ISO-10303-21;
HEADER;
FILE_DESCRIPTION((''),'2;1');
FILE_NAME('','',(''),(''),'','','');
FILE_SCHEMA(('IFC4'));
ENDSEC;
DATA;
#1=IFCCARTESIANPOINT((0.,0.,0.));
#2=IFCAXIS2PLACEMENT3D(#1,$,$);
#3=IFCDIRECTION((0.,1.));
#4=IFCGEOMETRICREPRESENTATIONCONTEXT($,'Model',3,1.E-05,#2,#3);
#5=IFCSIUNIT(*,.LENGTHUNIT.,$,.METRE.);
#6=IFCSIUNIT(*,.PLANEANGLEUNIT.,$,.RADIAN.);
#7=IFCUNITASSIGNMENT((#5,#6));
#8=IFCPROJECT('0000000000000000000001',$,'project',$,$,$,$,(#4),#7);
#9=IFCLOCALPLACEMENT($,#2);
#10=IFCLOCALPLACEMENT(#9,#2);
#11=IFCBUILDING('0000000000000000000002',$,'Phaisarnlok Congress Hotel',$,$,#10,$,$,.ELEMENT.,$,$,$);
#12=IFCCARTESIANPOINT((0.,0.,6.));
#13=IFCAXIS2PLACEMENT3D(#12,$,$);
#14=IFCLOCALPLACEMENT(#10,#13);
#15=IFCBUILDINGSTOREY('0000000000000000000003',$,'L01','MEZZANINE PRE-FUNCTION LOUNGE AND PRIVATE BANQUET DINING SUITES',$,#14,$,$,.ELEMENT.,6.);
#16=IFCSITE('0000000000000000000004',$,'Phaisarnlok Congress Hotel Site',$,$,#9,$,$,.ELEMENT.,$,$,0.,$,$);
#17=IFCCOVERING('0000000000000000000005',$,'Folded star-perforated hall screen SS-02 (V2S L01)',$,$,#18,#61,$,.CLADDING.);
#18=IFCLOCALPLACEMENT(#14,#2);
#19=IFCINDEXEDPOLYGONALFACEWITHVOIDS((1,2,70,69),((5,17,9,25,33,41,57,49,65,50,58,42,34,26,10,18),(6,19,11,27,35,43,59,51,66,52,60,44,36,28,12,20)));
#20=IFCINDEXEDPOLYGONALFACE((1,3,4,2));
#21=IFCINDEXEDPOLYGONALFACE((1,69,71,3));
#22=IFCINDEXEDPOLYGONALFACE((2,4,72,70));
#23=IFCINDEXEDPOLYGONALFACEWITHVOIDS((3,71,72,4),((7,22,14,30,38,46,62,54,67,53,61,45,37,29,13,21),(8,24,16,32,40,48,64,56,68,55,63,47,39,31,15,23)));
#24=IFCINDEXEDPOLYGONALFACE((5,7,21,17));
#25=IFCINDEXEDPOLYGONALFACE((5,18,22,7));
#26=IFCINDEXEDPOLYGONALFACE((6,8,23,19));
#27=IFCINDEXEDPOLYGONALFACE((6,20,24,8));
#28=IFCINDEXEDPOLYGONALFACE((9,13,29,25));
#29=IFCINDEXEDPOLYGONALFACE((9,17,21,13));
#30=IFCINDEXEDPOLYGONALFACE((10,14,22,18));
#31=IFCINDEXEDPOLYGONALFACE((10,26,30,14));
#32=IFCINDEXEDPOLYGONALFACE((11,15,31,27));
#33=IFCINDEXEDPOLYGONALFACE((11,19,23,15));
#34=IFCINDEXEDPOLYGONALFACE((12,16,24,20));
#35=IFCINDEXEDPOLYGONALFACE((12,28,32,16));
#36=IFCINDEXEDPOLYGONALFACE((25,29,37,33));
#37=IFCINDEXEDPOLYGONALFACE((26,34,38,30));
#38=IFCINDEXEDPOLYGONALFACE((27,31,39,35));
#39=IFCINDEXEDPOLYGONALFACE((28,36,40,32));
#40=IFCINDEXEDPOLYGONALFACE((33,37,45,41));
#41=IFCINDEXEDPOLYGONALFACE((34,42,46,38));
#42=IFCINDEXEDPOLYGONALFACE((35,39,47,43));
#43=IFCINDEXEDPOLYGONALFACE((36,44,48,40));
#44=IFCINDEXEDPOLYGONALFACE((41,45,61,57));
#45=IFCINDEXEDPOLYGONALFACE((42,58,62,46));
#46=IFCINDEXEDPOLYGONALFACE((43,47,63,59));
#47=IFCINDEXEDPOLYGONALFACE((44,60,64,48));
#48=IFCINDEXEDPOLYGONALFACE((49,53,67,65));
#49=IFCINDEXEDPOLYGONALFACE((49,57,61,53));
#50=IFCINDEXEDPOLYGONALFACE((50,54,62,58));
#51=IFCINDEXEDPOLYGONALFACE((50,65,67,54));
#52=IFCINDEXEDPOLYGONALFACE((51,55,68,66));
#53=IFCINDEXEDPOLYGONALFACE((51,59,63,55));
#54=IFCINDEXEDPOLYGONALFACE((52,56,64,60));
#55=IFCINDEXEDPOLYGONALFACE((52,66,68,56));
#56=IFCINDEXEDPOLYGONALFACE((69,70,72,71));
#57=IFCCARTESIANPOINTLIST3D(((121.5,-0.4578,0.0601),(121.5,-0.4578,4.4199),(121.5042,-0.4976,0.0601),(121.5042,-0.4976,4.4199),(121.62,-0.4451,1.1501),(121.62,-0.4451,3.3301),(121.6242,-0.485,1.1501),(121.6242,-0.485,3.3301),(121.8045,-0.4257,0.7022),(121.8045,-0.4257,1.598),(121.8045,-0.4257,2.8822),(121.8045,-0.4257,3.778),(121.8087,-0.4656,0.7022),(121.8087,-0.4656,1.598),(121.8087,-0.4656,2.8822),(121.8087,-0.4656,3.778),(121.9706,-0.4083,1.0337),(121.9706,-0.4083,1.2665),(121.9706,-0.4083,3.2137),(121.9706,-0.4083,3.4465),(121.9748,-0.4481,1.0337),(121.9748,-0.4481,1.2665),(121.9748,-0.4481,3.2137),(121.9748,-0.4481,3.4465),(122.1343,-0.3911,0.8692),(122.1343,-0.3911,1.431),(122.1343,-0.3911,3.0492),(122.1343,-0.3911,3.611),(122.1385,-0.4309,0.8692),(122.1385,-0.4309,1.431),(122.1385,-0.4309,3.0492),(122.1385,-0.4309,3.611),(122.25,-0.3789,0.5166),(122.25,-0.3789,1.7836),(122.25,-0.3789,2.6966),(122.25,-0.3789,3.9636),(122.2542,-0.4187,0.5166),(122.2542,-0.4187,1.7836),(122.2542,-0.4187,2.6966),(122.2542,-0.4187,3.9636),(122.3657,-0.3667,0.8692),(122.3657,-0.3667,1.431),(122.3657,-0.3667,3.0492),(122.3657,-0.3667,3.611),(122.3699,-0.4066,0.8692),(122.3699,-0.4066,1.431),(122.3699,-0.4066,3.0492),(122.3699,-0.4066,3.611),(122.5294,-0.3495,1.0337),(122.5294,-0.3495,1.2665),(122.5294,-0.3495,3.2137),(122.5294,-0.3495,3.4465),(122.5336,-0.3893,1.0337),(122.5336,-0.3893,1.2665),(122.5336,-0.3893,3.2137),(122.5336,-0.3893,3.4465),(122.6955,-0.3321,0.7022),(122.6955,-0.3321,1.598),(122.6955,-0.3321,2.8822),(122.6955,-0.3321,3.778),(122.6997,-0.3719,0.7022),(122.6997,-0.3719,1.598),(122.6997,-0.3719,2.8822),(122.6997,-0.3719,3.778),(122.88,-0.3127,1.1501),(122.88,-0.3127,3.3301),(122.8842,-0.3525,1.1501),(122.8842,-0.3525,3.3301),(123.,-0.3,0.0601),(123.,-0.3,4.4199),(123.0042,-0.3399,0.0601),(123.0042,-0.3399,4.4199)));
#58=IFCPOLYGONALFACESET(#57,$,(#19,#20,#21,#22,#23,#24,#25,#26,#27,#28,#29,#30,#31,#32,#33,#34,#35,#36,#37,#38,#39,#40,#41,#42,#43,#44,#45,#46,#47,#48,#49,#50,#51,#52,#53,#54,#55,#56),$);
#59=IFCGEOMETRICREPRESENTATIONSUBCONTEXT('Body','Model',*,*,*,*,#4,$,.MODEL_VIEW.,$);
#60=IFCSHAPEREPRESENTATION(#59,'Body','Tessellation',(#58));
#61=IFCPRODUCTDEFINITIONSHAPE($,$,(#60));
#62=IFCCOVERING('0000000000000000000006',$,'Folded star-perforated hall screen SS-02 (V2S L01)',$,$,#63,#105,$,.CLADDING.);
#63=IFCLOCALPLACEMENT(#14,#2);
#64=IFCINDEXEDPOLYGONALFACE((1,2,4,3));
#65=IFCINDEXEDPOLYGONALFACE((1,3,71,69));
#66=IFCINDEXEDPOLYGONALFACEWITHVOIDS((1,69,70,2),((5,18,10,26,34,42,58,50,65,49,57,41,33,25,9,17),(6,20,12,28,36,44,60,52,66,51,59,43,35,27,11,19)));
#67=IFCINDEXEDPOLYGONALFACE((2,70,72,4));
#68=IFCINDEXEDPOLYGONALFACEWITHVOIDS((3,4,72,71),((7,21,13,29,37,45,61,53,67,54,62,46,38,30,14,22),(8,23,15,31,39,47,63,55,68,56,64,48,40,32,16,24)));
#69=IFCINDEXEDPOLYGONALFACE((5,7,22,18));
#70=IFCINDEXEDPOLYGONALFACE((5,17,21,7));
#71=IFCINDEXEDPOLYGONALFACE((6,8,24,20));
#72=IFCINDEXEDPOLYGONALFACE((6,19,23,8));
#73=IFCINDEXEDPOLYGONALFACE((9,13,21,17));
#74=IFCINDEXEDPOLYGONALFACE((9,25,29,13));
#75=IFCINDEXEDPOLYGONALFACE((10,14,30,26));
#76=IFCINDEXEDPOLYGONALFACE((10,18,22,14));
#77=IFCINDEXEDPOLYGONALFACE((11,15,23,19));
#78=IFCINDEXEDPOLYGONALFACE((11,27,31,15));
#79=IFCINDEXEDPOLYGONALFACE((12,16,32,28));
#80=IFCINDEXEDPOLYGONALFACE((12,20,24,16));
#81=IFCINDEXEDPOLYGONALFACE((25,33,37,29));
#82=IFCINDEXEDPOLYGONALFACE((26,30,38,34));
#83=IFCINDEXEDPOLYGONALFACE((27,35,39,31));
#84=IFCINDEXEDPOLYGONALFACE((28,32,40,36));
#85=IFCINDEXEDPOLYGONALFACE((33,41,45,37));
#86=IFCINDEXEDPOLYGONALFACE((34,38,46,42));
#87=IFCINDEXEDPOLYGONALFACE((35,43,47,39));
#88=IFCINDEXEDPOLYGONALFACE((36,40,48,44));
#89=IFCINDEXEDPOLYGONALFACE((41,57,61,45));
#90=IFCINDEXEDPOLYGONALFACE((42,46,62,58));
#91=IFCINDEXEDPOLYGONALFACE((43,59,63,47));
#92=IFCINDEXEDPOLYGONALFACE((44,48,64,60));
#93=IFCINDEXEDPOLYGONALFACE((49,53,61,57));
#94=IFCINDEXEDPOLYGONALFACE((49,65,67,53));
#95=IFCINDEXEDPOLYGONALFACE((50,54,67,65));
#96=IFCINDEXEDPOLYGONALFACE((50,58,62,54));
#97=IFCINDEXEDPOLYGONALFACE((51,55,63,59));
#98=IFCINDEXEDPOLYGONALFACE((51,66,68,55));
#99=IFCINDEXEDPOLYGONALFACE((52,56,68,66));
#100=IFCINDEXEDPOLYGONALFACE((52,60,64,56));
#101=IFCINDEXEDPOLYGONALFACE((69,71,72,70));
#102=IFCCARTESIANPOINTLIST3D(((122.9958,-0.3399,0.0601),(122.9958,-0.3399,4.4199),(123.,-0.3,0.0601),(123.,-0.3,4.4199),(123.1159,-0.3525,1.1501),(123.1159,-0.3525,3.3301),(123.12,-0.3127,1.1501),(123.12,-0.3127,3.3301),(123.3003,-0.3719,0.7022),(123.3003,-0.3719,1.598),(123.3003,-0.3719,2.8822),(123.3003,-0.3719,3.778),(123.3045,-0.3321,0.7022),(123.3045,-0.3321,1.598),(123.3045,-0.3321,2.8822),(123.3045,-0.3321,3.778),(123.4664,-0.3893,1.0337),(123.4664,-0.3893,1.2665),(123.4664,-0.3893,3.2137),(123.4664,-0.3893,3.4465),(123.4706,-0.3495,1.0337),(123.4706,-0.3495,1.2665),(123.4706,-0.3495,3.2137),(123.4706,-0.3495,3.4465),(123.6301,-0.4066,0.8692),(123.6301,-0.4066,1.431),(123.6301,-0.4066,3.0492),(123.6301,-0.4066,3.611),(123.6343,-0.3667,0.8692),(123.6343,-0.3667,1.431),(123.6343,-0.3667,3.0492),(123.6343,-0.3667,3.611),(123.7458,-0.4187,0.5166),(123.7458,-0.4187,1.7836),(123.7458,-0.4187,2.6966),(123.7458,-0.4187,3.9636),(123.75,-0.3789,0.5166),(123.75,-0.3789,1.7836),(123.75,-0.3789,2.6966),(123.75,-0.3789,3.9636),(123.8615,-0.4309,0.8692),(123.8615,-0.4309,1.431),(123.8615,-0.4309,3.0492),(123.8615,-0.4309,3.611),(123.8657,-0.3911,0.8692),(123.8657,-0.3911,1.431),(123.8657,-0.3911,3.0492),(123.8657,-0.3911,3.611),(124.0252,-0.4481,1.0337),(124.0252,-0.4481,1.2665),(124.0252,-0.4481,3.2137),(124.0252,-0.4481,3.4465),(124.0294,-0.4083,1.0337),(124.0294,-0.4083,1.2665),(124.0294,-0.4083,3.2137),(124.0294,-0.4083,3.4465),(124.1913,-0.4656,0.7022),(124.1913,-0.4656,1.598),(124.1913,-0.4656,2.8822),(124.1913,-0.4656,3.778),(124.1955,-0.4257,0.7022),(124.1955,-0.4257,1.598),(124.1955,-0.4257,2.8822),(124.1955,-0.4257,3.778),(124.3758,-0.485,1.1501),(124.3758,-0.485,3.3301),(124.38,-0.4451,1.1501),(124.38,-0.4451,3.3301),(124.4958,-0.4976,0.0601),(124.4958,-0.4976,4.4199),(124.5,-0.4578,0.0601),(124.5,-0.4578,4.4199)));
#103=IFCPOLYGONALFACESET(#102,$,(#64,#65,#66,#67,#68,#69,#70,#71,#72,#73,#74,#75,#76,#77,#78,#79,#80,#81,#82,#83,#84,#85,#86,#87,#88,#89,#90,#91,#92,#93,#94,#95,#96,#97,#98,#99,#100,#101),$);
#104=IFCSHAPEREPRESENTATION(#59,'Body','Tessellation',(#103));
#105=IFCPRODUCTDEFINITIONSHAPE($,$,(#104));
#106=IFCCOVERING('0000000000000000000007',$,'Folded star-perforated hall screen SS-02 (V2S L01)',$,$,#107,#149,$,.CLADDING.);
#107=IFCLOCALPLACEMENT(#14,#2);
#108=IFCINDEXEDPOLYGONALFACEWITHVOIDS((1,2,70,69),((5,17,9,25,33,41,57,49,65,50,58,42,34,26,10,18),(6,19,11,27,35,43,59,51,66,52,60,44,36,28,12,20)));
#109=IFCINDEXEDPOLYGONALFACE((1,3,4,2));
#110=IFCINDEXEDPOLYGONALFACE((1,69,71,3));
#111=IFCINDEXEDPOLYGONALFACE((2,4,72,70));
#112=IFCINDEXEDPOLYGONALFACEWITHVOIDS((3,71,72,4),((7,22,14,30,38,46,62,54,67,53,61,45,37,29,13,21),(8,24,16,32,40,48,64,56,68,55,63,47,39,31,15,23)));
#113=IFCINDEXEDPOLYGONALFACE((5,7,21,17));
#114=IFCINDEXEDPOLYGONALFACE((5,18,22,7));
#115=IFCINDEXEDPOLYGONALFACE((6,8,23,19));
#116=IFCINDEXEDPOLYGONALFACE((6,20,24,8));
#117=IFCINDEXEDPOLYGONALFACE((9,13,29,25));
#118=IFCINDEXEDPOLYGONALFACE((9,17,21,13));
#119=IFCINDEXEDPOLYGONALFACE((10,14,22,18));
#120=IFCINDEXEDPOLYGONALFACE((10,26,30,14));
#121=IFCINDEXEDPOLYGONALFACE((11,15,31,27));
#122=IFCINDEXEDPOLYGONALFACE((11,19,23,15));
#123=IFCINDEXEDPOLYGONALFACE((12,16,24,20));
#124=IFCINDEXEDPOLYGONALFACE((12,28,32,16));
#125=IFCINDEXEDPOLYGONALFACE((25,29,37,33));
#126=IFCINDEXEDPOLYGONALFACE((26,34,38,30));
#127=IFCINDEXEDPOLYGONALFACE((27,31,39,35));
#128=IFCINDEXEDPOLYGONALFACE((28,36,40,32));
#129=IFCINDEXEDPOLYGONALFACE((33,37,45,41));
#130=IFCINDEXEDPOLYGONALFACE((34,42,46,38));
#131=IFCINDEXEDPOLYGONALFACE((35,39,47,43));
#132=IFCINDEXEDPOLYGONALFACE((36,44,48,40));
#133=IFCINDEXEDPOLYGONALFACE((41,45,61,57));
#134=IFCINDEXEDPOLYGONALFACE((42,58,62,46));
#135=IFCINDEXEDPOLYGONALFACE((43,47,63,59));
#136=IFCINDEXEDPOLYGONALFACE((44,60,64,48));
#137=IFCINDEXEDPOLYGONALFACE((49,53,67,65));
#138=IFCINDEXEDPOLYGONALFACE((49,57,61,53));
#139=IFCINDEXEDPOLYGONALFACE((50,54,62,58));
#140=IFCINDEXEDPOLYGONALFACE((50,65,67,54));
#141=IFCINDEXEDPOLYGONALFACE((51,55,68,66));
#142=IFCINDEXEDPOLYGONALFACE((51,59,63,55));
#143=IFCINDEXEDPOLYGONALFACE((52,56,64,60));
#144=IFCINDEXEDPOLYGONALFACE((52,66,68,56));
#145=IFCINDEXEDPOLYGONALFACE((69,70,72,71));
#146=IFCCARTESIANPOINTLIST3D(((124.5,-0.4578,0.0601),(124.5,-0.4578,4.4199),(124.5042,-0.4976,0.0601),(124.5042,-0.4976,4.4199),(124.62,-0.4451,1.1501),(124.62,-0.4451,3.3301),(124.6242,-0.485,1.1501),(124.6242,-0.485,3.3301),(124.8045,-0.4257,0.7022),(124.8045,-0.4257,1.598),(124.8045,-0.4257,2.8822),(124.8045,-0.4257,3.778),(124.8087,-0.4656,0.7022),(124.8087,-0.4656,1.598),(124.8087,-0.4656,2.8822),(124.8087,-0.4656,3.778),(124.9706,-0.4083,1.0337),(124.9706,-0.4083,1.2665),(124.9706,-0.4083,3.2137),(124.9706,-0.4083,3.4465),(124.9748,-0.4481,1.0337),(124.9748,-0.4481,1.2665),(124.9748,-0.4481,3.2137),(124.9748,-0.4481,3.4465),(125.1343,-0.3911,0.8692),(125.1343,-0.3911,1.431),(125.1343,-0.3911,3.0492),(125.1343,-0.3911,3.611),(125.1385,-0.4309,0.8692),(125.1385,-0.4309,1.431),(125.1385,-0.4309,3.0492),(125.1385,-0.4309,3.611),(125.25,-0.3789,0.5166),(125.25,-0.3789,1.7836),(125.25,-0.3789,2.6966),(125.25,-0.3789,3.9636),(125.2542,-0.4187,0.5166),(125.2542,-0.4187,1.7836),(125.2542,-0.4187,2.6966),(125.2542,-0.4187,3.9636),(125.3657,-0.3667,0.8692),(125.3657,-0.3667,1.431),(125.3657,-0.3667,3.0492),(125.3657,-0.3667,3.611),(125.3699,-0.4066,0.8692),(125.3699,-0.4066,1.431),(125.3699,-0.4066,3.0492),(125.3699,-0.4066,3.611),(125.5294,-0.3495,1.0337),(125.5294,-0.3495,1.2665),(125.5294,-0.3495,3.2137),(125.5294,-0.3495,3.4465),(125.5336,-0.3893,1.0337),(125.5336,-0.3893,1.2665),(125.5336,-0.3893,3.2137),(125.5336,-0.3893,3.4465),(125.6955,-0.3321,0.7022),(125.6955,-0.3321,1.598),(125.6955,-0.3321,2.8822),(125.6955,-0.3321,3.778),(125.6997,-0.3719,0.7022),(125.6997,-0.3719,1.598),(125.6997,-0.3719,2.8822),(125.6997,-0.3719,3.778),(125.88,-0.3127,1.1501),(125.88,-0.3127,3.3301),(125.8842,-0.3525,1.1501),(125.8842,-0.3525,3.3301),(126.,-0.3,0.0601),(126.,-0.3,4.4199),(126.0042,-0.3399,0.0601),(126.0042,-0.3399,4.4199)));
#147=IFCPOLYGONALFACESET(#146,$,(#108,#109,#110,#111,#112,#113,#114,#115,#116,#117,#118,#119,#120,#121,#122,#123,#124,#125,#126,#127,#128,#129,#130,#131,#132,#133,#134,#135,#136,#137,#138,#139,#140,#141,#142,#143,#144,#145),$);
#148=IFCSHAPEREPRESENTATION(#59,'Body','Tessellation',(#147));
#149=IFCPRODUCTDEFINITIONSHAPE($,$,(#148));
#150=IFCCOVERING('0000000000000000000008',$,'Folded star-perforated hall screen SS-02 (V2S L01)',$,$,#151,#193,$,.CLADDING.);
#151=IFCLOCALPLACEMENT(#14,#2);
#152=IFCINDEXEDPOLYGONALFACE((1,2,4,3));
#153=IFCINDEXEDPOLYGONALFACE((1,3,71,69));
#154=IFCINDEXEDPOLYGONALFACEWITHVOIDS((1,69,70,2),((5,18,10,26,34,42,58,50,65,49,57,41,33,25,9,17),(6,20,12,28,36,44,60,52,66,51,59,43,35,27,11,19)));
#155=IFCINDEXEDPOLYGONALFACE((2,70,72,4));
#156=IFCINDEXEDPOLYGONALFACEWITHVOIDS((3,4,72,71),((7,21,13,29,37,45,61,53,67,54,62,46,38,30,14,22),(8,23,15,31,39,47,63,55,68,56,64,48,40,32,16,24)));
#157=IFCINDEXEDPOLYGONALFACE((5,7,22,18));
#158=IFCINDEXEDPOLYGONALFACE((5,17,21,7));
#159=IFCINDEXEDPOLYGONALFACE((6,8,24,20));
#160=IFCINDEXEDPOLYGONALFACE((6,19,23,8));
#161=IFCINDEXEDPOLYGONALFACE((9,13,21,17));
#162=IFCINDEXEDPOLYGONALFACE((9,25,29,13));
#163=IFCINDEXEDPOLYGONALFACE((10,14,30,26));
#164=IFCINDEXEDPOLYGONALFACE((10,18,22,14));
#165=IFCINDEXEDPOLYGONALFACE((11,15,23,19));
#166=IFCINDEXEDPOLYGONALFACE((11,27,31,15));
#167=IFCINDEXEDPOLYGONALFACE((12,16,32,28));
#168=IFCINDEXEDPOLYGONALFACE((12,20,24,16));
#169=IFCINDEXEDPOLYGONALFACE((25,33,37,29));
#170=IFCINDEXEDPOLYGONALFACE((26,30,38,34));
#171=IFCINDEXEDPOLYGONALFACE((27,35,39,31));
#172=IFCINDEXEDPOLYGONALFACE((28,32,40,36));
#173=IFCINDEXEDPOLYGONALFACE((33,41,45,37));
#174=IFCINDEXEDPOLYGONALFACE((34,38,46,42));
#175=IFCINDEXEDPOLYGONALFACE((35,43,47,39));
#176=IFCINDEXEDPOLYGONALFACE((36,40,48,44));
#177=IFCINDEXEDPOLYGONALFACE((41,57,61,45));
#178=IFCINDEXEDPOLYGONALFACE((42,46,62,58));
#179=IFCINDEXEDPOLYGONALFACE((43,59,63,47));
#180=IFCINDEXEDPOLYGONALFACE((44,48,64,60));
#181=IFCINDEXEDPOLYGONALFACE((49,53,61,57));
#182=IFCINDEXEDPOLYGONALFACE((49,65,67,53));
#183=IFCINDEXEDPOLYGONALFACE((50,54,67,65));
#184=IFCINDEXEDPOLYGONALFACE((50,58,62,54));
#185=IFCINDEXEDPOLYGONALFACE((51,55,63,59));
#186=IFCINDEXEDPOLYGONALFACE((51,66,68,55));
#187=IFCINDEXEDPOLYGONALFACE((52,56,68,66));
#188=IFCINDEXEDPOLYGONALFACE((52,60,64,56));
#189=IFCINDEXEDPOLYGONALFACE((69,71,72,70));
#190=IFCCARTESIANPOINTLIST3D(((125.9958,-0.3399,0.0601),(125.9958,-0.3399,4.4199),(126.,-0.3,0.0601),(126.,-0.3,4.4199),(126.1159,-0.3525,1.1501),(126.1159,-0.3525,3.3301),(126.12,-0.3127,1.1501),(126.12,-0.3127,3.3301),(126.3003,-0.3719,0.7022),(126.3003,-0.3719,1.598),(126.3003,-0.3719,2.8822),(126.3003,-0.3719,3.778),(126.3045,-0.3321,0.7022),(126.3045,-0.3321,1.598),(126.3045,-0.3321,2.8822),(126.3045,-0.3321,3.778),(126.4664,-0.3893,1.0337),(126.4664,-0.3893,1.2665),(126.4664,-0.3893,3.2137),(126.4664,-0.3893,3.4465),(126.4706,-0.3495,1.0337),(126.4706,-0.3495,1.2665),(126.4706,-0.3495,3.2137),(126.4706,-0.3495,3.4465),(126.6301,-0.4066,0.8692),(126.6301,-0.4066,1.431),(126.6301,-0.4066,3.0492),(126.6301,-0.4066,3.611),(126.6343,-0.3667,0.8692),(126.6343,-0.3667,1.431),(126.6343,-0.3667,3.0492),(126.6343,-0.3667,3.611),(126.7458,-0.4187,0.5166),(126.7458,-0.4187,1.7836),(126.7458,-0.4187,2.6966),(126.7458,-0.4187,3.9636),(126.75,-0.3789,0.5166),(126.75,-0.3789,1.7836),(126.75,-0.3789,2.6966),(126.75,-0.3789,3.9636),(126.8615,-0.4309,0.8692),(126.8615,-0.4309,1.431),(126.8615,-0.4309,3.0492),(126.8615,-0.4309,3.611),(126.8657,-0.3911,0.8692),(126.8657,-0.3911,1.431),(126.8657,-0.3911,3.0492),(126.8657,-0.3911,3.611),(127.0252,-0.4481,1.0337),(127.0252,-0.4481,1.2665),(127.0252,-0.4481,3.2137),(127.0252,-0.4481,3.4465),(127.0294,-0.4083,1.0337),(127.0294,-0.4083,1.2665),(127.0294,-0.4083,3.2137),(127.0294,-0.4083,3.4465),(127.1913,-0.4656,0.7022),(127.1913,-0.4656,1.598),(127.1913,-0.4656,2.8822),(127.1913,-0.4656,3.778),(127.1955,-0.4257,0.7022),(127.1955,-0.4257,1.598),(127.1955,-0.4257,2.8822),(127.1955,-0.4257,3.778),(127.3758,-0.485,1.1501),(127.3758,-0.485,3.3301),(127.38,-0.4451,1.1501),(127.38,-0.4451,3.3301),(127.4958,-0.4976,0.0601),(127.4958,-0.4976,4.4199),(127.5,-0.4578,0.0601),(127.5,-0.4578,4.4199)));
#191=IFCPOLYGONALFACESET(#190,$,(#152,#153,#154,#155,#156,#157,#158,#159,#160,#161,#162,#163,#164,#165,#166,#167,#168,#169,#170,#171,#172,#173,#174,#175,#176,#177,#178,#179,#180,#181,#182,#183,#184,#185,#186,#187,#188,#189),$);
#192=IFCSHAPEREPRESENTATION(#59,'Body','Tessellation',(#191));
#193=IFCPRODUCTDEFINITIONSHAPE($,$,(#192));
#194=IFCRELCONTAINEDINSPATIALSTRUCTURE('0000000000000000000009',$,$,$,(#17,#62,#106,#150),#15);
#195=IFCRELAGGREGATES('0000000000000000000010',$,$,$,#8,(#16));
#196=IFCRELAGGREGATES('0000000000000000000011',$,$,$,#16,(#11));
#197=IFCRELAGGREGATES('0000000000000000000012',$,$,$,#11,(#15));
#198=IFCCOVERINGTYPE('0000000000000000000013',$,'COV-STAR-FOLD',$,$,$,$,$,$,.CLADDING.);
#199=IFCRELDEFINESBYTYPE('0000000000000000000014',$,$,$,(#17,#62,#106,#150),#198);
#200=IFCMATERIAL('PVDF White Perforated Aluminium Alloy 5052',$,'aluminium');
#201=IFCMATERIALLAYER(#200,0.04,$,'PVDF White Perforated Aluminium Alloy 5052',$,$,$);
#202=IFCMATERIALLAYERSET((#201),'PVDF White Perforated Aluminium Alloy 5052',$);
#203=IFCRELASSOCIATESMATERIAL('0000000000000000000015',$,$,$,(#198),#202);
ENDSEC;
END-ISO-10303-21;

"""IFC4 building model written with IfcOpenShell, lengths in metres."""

from ifc_helpers import new_model, si_unit, direction, frame, origin, place, context, subcontext, project, spatial, polyline, outline, extrude, material, layer, layer_set, type_object, element, save


model = new_model("IFC4")

# Units and contexts
model_context = context("Model", 3, precision=1e-05, world=origin(), true_north=direction((0.0, 1.0)))
body_context = subcontext(model_context, "Body", "Model", "MODEL_VIEW")
ifc_project = project(units=[si_unit("LENGTHUNIT", "METRE"), si_unit("PLANEANGLEUNIT", "RADIAN")], contexts=[model_context])

# Site, building, storey
site_placement = place(None, origin())
site = spatial("IfcSite", under=ifc_project, at=site_placement, Name="Phaisarnlok Congress Hotel Site", CompositionType="ELEMENT", RefElevation=0.0)
building_placement = place(site_placement, origin())
building = spatial("IfcBuilding", under=site, at=building_placement, Name="Phaisarnlok Congress Hotel", CompositionType="ELEMENT")
storey_placement = place(building_placement, frame((0.0, 0.0, 6.0)))
storey = spatial("IfcBuildingStorey", under=building, at=storey_placement, Name="L01", Description="MEZZANINE PRE-FUNCTION LOUNGE AND PRIVATE BANQUET DINING SUITES", CompositionType="ELEMENT", Elevation=6.0)

# Coverings
ifc_material_1 = material(Name="PVDF White Perforated Aluminium Alloy 5052", Category="aluminium")
ifc_layer = layer(ifc_material_1, 0.04, Name="PVDF White Perforated Aluminium Alloy 5052")
ifc_layer_set = layer_set([ifc_layer], Name="PVDF White Perforated Aluminium Alloy 5052")
covering_type = type_object("IfcCoveringType", Name="COV-STAR-FOLD", PredefinedType="CLADDING", material=ifc_layer_set)
for number, where, z_axis, x_axis, name in (
    (1, (121.5, -0.4578, 0.0601), (0.104567, -0.994518, 0.0), (0.994518, 0.104567, 0.0), "Folded star-perforated hall screen SS-02 (V2S L01)"),
    (2, (123.0, -0.3, 0.0601), (-0.104567, -0.994518, 0.0), (0.994518, -0.104567, 0.0), "Folded star-perforated hall screen SS-02 (V2S L01)"),
    (3, (124.5, -0.4578, 0.0601), (0.104567, -0.994518, 0.0), (0.994518, 0.104567, 0.0), "Folded star-perforated hall screen SS-02 (V2S L01)"),
    (4, (126.0, -0.3, 0.0601), (-0.104567, -0.994518, 0.0), (0.994518, -0.104567, 0.0), "Folded star-perforated hall screen SS-02 (V2S L01)"),
):
    element("IfcCovering", number, at=place(storey_placement, frame(where, z_axis=z_axis, x_axis=x_axis)), inside=storey, type_object=covering_type, Name=name, PredefinedType="CLADDING", context=body_context, shape_type="SweptSolid", body=[
        extrude(outline(polyline([(0.0, 0.0), (1.5083, 0.0), (1.5083, 4.3599), (0.0, 4.3599), (0.0, 0.0)]), holes=[polyline([(1.0351, 0.9736), (1.2021, 0.6421), (0.8705, 0.8091), (0.7541, 0.4565), (0.6378, 0.8091), (0.3062, 0.6421), (0.4732, 0.9736), (0.1207, 1.09), (0.4732, 1.2064), (0.3062, 1.5379), (0.6378, 1.3709), (0.7541, 1.7235), (0.8705, 1.3709), (1.2021, 1.5379), (1.0351, 1.2064), (1.3876, 1.09), (1.0351, 0.9736)]), polyline([(1.0351, 3.1536), (1.2021, 2.8221), (0.8705, 2.9891), (0.7541, 2.6365), (0.6378, 2.9891), (0.3062, 2.8221), (0.4732, 3.1536), (0.1207, 3.27), (0.4732, 3.3864), (0.3062, 3.7179), (0.6378, 3.5509), (0.7541, 3.9035), (0.8705, 3.5509), (1.2021, 3.7179), (1.0351, 3.3864), (1.3876, 3.27), (1.0351, 3.1536)])]), origin(), (0.0, 0.0, 1.0), 0.04),
    ])

save(model, "model.ifc")
